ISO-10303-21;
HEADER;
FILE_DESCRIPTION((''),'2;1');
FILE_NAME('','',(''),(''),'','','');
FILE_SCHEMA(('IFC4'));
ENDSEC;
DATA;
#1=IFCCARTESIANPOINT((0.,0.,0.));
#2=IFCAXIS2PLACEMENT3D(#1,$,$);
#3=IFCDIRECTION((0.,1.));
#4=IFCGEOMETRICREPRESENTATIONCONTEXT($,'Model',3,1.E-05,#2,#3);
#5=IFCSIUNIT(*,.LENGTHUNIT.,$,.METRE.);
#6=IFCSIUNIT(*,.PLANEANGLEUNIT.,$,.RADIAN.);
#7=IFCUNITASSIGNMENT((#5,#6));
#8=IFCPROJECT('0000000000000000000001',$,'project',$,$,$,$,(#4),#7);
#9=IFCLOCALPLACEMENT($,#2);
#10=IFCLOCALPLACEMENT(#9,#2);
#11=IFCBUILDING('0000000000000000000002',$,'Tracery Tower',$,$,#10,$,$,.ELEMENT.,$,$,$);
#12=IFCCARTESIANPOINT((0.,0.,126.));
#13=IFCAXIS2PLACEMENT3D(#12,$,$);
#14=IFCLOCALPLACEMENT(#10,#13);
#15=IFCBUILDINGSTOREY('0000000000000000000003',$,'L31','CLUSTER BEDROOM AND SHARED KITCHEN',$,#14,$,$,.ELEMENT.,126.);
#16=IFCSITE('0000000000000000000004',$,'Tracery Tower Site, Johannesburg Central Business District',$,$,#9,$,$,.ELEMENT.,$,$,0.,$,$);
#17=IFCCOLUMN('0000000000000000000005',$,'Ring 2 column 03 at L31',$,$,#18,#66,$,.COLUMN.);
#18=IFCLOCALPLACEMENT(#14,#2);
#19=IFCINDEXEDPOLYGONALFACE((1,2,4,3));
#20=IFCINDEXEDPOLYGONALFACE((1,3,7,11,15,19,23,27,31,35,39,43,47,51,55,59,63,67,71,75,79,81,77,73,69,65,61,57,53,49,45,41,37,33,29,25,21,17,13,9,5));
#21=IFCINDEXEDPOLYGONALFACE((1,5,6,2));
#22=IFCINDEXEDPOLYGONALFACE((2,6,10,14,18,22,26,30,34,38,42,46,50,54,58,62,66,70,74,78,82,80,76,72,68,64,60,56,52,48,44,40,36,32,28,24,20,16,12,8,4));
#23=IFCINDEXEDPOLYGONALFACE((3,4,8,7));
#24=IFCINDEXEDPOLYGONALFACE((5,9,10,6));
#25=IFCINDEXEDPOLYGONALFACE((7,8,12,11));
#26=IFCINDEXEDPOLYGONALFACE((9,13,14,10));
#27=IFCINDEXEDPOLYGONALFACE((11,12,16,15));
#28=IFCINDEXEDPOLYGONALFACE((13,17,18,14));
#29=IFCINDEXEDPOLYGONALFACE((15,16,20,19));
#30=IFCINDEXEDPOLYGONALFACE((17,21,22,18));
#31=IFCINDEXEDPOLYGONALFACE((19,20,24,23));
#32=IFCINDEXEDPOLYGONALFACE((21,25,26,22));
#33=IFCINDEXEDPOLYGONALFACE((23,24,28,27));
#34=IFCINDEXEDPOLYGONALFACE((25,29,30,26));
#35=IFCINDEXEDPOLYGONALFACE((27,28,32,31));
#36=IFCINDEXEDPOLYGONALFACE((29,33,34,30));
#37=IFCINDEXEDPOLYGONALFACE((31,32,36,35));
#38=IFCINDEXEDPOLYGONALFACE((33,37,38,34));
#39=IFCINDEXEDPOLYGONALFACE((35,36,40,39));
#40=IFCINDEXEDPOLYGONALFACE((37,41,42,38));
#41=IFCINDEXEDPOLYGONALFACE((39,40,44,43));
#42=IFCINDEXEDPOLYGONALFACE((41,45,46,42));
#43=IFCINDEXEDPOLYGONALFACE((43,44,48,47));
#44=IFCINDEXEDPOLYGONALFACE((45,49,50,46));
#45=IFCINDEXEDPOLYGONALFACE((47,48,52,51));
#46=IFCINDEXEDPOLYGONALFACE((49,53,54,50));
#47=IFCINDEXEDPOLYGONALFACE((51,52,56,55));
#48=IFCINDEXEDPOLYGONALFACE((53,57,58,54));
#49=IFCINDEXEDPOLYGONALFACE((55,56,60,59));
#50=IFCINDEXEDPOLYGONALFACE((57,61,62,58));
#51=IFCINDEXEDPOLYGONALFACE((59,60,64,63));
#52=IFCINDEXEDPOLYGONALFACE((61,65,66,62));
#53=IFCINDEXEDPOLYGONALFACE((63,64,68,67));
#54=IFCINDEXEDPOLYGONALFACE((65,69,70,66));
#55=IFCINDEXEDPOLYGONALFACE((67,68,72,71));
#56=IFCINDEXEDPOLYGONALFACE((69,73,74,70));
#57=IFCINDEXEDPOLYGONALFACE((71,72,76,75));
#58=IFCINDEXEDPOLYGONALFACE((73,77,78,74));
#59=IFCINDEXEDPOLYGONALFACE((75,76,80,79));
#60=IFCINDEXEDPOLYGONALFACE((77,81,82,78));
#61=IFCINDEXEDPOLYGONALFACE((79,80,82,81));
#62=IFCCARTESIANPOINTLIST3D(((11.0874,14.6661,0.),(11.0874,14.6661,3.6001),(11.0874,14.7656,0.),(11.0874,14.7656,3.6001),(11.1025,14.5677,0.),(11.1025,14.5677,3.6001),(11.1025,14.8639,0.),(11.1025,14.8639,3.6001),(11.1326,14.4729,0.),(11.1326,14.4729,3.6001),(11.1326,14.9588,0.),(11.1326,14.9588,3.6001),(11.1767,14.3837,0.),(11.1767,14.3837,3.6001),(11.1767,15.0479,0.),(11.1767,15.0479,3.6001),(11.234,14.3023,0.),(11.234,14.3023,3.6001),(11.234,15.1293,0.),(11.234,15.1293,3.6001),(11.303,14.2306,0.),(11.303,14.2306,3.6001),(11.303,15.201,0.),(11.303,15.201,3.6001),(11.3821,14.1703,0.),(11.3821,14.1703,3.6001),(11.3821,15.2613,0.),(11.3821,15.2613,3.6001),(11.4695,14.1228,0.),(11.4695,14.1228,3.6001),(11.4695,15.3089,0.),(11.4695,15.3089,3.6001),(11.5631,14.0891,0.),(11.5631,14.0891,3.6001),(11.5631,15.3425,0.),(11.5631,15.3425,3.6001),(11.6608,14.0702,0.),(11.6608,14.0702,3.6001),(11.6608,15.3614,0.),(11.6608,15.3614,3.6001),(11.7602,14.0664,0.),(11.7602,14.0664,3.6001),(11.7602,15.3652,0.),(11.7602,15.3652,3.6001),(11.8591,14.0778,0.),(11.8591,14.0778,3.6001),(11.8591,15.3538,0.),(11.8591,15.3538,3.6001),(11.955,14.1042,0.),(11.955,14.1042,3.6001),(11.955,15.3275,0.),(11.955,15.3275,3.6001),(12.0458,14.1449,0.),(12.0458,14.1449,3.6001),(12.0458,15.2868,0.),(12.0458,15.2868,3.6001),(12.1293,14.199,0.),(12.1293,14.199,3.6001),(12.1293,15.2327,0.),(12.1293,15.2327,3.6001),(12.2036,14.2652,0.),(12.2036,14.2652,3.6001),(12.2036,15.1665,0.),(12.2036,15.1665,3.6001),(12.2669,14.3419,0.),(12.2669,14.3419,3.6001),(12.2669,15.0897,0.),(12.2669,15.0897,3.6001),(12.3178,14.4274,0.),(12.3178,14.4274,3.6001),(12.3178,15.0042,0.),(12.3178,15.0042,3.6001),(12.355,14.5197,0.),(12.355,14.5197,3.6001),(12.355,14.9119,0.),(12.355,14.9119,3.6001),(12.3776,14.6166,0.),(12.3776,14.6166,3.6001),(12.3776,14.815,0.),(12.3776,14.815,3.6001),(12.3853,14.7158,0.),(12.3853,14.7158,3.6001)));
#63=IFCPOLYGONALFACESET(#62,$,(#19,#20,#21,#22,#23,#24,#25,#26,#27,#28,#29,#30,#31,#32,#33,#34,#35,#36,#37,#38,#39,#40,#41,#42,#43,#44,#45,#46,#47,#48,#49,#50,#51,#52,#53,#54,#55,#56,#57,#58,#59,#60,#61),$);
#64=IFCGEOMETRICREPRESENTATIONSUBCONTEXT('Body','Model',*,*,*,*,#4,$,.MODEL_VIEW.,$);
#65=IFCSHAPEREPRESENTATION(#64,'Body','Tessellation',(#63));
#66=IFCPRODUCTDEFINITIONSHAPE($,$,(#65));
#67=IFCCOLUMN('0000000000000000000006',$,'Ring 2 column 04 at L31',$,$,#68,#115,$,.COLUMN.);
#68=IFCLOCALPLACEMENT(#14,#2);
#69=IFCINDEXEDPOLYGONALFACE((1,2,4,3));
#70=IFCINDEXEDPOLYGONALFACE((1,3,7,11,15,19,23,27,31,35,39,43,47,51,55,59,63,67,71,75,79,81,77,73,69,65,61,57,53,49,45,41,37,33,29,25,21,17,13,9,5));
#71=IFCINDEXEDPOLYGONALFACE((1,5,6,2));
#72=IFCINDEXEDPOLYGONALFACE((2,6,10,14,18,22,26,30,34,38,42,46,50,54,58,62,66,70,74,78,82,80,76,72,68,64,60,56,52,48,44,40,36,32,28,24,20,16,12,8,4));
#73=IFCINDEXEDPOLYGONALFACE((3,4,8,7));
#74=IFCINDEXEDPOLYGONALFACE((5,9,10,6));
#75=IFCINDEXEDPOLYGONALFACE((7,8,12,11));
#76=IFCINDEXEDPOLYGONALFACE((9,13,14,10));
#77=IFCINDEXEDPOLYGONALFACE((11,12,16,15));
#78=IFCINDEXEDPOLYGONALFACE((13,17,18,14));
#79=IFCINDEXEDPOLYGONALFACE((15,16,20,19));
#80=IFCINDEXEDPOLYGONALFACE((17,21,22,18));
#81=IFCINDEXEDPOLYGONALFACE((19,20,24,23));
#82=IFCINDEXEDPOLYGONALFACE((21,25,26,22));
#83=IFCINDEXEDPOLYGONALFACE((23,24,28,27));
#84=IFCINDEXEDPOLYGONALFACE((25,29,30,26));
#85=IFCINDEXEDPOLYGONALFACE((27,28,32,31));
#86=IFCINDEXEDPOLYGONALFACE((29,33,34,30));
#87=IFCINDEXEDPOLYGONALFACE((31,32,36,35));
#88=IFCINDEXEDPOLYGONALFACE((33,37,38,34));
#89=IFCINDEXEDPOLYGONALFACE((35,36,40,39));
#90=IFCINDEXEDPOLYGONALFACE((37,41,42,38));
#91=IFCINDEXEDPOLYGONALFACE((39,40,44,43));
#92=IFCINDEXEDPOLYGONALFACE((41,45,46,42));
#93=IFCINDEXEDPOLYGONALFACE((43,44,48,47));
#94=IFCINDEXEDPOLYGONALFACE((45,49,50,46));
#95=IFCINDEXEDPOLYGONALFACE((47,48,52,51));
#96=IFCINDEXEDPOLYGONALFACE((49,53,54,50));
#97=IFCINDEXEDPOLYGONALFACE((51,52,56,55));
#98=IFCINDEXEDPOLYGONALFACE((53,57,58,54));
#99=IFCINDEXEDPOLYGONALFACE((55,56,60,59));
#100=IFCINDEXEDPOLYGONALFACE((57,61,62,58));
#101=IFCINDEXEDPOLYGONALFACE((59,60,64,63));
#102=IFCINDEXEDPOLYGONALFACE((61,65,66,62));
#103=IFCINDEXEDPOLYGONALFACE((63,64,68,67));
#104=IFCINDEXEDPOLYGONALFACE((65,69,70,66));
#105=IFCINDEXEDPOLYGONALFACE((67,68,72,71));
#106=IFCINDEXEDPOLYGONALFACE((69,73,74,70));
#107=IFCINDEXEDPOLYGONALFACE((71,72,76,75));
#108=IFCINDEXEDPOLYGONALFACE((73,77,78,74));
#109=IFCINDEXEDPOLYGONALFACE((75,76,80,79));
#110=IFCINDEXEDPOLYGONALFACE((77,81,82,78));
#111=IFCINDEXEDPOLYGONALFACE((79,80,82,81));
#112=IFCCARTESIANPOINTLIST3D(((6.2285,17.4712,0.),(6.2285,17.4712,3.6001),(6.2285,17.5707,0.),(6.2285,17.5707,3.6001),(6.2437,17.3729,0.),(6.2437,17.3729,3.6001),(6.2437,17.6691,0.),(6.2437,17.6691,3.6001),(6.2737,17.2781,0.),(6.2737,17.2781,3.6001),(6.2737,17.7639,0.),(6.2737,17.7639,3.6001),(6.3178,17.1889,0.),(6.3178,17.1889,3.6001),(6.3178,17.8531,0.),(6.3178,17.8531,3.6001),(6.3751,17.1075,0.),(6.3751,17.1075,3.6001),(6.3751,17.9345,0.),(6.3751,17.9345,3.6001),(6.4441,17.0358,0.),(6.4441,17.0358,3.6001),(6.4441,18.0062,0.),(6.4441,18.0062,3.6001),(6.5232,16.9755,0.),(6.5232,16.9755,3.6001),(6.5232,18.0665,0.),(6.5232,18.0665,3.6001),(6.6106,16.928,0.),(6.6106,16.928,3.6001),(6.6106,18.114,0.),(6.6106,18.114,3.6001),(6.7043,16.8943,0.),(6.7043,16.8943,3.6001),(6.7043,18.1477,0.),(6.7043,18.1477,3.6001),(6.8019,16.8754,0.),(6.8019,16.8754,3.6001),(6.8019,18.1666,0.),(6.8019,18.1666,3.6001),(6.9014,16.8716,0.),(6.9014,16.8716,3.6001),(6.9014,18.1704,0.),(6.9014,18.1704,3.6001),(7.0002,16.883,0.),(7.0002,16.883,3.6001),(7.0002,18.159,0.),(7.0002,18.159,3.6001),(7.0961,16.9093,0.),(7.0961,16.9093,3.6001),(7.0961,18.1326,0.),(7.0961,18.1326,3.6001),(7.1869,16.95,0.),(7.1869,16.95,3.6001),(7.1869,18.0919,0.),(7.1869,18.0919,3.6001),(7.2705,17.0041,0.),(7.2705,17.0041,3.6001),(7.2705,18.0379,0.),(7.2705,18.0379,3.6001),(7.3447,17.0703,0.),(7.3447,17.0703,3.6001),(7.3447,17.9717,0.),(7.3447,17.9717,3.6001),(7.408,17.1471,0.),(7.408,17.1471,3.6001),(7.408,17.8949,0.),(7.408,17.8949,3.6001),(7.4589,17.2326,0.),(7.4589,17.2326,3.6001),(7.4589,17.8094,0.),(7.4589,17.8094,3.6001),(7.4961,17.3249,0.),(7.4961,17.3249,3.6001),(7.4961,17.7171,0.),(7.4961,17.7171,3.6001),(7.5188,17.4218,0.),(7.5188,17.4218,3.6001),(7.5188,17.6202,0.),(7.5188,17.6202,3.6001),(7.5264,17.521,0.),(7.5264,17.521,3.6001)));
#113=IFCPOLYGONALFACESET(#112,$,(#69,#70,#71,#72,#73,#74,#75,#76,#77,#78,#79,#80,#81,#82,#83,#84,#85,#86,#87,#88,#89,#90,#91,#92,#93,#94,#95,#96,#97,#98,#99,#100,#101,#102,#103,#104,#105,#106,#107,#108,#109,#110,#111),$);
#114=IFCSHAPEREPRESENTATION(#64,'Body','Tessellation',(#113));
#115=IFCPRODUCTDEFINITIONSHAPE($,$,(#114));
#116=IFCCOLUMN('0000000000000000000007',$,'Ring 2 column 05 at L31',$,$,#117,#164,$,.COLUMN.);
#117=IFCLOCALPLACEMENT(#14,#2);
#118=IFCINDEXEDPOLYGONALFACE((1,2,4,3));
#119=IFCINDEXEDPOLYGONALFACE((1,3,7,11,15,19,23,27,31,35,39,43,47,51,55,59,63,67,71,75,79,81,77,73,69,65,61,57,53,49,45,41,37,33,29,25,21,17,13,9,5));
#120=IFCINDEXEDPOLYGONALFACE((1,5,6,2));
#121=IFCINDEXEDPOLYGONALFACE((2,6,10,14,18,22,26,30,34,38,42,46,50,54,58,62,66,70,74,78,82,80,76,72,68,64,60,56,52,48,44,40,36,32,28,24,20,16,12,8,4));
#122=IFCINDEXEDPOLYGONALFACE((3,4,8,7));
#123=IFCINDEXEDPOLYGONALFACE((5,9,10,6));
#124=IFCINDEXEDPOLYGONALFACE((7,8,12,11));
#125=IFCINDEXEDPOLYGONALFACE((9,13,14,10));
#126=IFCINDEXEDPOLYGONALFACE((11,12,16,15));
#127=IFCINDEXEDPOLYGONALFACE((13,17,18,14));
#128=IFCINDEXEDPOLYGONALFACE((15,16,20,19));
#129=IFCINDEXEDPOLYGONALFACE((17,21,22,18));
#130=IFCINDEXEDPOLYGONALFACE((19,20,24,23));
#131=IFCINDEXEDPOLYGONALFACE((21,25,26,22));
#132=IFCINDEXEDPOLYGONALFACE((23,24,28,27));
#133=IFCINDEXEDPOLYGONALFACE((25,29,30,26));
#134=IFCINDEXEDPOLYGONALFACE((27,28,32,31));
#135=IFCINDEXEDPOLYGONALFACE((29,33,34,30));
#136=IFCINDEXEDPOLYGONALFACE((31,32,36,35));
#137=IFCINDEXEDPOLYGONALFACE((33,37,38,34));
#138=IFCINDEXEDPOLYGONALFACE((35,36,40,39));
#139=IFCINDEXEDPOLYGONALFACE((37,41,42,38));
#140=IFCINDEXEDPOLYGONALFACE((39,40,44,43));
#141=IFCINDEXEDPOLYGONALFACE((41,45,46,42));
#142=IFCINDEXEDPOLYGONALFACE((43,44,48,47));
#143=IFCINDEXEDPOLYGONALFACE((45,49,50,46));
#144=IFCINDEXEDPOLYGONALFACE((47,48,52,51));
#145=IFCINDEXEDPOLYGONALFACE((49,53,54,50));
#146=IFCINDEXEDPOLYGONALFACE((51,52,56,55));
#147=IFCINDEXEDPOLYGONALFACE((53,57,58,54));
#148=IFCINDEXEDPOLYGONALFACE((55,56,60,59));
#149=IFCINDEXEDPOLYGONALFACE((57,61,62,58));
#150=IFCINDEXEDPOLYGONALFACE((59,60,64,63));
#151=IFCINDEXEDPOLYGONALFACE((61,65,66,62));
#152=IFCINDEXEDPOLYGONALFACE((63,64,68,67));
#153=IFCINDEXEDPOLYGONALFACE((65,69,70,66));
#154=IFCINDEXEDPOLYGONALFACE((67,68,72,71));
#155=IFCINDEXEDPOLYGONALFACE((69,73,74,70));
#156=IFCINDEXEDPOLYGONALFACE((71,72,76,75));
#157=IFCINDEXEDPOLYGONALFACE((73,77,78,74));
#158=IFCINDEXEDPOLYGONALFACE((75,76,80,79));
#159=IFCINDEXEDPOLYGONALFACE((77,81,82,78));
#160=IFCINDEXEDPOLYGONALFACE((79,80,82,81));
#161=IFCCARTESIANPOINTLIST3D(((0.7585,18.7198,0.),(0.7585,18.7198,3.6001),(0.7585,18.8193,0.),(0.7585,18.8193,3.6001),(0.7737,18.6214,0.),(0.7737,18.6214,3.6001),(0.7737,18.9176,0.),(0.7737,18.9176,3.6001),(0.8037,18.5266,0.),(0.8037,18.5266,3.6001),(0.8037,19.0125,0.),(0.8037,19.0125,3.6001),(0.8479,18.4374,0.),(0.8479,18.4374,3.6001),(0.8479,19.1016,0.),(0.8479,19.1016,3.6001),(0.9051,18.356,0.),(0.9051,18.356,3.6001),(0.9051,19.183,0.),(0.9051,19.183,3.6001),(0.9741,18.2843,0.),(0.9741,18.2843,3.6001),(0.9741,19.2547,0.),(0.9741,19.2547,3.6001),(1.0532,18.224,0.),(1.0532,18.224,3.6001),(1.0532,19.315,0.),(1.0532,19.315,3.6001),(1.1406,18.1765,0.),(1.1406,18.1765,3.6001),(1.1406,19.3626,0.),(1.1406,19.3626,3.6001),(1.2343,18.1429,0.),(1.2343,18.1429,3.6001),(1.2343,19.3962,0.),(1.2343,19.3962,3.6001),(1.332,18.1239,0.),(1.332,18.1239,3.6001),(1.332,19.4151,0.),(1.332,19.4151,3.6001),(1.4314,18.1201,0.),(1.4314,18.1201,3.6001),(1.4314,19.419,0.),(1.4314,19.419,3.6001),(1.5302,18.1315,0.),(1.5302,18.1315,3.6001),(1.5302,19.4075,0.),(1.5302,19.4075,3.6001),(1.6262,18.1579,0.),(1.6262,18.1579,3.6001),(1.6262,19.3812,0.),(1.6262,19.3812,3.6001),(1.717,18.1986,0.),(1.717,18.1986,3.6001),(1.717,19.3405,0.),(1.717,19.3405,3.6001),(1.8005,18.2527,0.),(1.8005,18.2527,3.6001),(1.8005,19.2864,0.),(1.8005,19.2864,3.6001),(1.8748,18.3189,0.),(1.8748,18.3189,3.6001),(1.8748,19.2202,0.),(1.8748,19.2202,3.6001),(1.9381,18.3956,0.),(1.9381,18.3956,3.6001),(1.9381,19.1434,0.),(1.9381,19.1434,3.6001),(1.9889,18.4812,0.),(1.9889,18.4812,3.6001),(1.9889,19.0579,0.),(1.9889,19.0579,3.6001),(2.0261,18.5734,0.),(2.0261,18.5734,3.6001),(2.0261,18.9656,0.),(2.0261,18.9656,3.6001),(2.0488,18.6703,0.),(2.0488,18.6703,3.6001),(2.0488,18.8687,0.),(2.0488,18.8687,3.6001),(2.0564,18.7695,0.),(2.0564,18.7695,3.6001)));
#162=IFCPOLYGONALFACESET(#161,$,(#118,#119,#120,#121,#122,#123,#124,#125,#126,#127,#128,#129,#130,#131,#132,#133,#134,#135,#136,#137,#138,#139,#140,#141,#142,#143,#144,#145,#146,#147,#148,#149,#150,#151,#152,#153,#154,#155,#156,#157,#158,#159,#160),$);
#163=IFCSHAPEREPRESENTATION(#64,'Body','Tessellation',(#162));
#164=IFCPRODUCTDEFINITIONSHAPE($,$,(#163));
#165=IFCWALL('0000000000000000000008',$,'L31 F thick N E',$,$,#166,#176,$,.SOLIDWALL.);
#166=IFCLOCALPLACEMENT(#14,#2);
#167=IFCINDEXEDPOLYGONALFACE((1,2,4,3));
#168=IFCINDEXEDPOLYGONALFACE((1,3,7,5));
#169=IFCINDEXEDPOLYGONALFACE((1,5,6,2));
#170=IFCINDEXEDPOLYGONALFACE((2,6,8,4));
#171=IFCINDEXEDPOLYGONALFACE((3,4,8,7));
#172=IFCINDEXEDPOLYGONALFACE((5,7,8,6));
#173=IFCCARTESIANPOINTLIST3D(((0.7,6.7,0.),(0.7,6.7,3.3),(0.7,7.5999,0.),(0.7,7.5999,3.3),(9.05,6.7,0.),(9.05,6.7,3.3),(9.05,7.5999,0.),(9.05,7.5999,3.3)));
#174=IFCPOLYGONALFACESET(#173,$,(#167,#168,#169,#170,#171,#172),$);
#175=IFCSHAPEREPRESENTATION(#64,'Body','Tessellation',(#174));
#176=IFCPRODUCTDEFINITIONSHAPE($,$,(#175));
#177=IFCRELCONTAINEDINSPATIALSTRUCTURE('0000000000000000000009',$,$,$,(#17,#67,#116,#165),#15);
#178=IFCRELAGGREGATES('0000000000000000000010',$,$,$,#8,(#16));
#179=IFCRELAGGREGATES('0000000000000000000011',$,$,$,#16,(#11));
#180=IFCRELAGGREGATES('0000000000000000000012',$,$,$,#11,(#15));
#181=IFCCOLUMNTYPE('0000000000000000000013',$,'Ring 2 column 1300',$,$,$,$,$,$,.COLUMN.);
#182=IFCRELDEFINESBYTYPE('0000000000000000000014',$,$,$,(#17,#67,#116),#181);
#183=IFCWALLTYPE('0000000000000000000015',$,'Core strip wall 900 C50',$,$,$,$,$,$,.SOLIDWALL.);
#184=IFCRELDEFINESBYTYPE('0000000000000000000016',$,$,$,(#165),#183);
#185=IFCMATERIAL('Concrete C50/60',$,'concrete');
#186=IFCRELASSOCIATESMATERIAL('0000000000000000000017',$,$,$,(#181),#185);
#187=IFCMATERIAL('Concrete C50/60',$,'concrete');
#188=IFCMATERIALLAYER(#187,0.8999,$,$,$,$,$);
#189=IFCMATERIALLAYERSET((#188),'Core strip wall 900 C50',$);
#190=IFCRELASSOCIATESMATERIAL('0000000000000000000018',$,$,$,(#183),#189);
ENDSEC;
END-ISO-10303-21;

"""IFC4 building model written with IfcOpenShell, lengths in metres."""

from ifc_helpers import new_model, si_unit, direction, frame, frame_2d, origin, origin_2d, place, context, subcontext, project, spatial, rectangle, circle, extrude, material, layer, layer_set, material_profile, profile_set, type_object, element, save


model = new_model("IFC4")

# Units and contexts
model_context = context("Model", 3, precision=1e-05, world=origin(), true_north=direction((0.0, 1.0)))
body_context = subcontext(model_context, "Body", "Model", "MODEL_VIEW")
ifc_project = project(units=[si_unit("LENGTHUNIT", "METRE"), si_unit("PLANEANGLEUNIT", "RADIAN")], contexts=[model_context])

# Site, building, storey
site_placement = place(None, origin())
site = spatial("IfcSite", under=ifc_project, at=site_placement, Name="Tracery Tower Site, Johannesburg Central Business District", CompositionType="ELEMENT", RefElevation=0.0)
building_placement = place(site_placement, origin())
building = spatial("IfcBuilding", under=site, at=building_placement, Name="Tracery Tower", CompositionType="ELEMENT")
storey_placement = place(building_placement, frame((0.0, 0.0, 126.0)))
storey = spatial("IfcBuildingStorey", under=building, at=storey_placement, Name="L31", Description="CLUSTER BEDROOM AND SHARED KITCHEN", CompositionType="ELEMENT", Elevation=126.0)

# Columns
ifc_material_1 = material(Name="Concrete C50/60", Category="concrete")
ifc_material_profile = material_profile(ifc_material_1, circle(Radius=0.6499, at=origin_2d()), Name="RC D1300")
ifc_profile_set = profile_set([ifc_material_profile], Name="Concrete C50/60")
column_type = type_object("IfcColumnType", Name="Ring 2 column 1300", PredefinedType="COLUMN", material=ifc_profile_set)
for number, where, z_axis, x_axis, name in (
    (1, (11.7354, 14.7158, 0.0), (0.0, 0.0, 1.0), (1.0, 0.0, 0.0), "Ring 2 column 03 at L31"),
    (2, (6.8765, 17.521, 0.0), (0.0, 0.0, 1.0), (1.0, 0.0, 0.0), "Ring 2 column 04 at L31"),
    (3, (1.4065, 18.7695, 0.0), (0.0, 0.0, 1.0), (1.0, 0.0, 0.0), "Ring 2 column 05 at L31"),
):
    element("IfcColumn", number, at=place(storey_placement, frame(where, z_axis=z_axis, x_axis=x_axis)), inside=storey, type_object=column_type, Name=name, PredefinedType="COLUMN", context=body_context, shape_type="SweptSolid", body=[
        extrude(circle(Radius=0.6499, at=origin_2d()), origin(), (0.0, 0.0, 1.0), 3.6001),
    ])

# Wall
ifc_material_2 = material(Name="Concrete C50/60", Category="concrete")
ifc_layer_1 = layer(ifc_material_2, 0.8999)
ifc_layer_set_1 = layer_set([ifc_layer_1], Name="Core strip wall 900 C50")
wall_type_1 = type_object("IfcWallType", Name="Core strip wall 900 C50", PredefinedType="SOLIDWALL", material=ifc_layer_set_1)
wall_1_placement = place(storey_placement, frame((0.7, 7.1499, 0.0), z_axis=(0.0, 0.0, 1.0), x_axis=(1.0, 0.0, 0.0)))
element("IfcWall", 4, at=wall_1_placement, inside=storey, type_object=wall_type_1, Name="L31 F thick N E", PredefinedType="SOLIDWALL", context=body_context, shape_type="SweptSolid", body=[
    extrude(rectangle(XDim=8.3501, YDim=0.8999, at=frame_2d((4.175, 0.0))), origin(), (0.0, 0.0, 1.0), 3.3),
])

save(model, "model.ifc")
